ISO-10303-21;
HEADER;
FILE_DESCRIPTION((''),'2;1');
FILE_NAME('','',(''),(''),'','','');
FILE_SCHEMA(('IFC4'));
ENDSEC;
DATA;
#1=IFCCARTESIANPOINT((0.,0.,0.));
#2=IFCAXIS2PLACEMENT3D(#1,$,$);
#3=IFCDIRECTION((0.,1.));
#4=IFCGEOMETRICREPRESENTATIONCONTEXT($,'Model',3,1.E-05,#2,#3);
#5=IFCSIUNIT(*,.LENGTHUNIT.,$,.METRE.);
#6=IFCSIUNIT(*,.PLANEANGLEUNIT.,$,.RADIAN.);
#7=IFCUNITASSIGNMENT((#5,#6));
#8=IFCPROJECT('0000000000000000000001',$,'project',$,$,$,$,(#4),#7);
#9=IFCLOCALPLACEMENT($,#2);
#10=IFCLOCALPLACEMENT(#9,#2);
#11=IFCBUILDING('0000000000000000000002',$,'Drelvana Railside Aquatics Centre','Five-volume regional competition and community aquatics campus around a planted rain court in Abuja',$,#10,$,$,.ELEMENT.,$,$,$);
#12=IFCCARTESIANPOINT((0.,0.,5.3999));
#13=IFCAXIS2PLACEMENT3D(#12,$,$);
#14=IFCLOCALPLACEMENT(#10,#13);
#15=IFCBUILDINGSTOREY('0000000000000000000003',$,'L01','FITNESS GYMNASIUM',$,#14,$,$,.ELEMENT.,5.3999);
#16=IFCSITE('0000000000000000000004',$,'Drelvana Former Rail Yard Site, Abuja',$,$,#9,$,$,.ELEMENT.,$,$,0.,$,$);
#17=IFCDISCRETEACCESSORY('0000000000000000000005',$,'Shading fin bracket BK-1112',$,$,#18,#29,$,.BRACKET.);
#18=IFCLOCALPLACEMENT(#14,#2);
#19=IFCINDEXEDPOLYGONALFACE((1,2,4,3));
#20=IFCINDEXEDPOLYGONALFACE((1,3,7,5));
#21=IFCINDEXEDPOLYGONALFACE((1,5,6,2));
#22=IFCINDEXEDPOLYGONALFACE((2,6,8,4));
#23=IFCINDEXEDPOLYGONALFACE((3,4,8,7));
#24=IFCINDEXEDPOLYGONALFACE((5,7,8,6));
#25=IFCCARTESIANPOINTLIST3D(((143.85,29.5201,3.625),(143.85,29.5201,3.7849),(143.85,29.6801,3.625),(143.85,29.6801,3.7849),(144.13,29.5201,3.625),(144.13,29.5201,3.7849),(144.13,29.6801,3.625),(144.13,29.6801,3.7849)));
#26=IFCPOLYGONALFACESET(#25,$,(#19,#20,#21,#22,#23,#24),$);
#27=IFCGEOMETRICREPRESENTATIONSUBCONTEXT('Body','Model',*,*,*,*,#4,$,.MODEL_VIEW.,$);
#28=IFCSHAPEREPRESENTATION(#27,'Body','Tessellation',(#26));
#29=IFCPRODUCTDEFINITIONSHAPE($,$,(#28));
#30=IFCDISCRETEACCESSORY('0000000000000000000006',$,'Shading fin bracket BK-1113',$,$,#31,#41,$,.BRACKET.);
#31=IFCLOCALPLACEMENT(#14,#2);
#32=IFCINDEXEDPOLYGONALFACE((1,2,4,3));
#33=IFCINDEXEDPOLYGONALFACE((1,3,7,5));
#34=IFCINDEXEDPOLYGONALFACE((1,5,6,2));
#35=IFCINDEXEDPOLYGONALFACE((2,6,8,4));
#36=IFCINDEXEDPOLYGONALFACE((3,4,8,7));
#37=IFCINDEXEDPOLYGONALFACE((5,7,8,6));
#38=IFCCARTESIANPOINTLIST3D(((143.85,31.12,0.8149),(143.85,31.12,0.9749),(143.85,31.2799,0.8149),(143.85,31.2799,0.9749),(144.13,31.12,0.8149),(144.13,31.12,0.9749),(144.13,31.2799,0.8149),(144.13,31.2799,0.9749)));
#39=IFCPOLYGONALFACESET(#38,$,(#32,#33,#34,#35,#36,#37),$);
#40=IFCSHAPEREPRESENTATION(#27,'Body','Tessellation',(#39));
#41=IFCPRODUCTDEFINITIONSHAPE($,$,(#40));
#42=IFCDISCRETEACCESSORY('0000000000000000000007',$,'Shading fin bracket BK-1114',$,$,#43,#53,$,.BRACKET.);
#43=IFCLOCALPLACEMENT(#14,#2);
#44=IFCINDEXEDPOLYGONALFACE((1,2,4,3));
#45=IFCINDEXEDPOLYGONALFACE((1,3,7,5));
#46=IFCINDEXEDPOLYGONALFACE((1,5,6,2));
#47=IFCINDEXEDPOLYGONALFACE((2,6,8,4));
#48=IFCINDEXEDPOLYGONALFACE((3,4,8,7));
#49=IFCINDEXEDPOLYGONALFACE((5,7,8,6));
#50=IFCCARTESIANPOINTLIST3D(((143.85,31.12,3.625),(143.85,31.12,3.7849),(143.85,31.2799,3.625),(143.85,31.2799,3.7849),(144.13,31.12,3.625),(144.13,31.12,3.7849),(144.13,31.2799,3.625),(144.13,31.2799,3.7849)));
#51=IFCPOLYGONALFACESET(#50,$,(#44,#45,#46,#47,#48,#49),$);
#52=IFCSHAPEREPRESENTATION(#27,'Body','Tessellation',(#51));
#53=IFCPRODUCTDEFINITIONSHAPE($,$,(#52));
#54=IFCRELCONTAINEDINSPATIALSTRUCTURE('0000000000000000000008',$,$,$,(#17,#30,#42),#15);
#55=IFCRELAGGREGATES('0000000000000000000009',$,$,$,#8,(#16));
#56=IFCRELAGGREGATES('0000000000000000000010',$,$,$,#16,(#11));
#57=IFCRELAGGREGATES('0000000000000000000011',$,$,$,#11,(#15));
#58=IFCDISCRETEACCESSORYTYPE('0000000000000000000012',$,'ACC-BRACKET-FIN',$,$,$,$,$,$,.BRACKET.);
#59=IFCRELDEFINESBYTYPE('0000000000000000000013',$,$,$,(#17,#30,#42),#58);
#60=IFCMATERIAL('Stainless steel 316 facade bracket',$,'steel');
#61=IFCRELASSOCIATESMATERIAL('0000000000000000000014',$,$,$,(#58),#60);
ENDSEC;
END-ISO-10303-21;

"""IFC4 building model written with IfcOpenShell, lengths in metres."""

from ifc_helpers import new_model, si_unit, direction, frame, origin, origin_2d, place, context, subcontext, project, spatial, rectangle, extrude, material, type_object, element, save


model = new_model("IFC4")

# Units and contexts
model_context = context("Model", 3, precision=1e-05, world=origin(), true_north=direction((0.0, 1.0)))
body_context = subcontext(model_context, "Body", "Model", "MODEL_VIEW")
ifc_project = project(units=[si_unit("LENGTHUNIT", "METRE"), si_unit("PLANEANGLEUNIT", "RADIAN")], contexts=[model_context])

# Site, building, storey
site_placement = place(None, origin())
site = spatial("IfcSite", under=ifc_project, at=site_placement, Name="Drelvana Former Rail Yard Site, Abuja", CompositionType="ELEMENT", RefElevation=0.0)
building_placement = place(site_placement, origin())
building = spatial("IfcBuilding", under=site, at=building_placement, Name="Drelvana Railside Aquatics Centre", Description="Five-volume regional competition and community aquatics campus around a planted rain court in Abuja", CompositionType="ELEMENT")
storey_placement = place(building_placement, frame((0.0, 0.0, 5.3999)))
storey = spatial("IfcBuildingStorey", under=building, at=storey_placement, Name="L01", Description="FITNESS GYMNASIUM", CompositionType="ELEMENT", Elevation=5.3999)

# Discrete accessories
ifc_material_1 = material(Name="Stainless steel 316 facade bracket", Category="steel")
discrete_accessory_type = type_object("IfcDiscreteAccessoryType", Name="ACC-BRACKET-FIN", PredefinedType="BRACKET", material=ifc_material_1)
for number, where, z_axis, x_axis, name in (
    (1, (143.99, 29.6001, 3.625), (0.0, 0.0, 1.0), (-1.0, 0.0, 0.0), "Shading fin bracket BK-1112"),
    (2, (143.99, 31.2, 0.8149), (0.0, 0.0, 1.0), (-1.0, 0.0, 0.0), "Shading fin bracket BK-1113"),
    (3, (143.99, 31.2, 3.625), (0.0, 0.0, 1.0), (-1.0, 0.0, 0.0), "Shading fin bracket BK-1114"),
):
    element("IfcDiscreteAccessory", number, at=place(storey_placement, frame(where, z_axis=z_axis, x_axis=x_axis)), inside=storey, type_object=discrete_accessory_type, Name=name, PredefinedType="BRACKET", context=body_context, shape_type="SweptSolid", body=[
        extrude(rectangle(XDim=0.28, YDim=0.1599, at=origin_2d()), origin(), (0.0, 0.0, 1.0), 0.1599),
    ])

save(model, "model.ifc")
